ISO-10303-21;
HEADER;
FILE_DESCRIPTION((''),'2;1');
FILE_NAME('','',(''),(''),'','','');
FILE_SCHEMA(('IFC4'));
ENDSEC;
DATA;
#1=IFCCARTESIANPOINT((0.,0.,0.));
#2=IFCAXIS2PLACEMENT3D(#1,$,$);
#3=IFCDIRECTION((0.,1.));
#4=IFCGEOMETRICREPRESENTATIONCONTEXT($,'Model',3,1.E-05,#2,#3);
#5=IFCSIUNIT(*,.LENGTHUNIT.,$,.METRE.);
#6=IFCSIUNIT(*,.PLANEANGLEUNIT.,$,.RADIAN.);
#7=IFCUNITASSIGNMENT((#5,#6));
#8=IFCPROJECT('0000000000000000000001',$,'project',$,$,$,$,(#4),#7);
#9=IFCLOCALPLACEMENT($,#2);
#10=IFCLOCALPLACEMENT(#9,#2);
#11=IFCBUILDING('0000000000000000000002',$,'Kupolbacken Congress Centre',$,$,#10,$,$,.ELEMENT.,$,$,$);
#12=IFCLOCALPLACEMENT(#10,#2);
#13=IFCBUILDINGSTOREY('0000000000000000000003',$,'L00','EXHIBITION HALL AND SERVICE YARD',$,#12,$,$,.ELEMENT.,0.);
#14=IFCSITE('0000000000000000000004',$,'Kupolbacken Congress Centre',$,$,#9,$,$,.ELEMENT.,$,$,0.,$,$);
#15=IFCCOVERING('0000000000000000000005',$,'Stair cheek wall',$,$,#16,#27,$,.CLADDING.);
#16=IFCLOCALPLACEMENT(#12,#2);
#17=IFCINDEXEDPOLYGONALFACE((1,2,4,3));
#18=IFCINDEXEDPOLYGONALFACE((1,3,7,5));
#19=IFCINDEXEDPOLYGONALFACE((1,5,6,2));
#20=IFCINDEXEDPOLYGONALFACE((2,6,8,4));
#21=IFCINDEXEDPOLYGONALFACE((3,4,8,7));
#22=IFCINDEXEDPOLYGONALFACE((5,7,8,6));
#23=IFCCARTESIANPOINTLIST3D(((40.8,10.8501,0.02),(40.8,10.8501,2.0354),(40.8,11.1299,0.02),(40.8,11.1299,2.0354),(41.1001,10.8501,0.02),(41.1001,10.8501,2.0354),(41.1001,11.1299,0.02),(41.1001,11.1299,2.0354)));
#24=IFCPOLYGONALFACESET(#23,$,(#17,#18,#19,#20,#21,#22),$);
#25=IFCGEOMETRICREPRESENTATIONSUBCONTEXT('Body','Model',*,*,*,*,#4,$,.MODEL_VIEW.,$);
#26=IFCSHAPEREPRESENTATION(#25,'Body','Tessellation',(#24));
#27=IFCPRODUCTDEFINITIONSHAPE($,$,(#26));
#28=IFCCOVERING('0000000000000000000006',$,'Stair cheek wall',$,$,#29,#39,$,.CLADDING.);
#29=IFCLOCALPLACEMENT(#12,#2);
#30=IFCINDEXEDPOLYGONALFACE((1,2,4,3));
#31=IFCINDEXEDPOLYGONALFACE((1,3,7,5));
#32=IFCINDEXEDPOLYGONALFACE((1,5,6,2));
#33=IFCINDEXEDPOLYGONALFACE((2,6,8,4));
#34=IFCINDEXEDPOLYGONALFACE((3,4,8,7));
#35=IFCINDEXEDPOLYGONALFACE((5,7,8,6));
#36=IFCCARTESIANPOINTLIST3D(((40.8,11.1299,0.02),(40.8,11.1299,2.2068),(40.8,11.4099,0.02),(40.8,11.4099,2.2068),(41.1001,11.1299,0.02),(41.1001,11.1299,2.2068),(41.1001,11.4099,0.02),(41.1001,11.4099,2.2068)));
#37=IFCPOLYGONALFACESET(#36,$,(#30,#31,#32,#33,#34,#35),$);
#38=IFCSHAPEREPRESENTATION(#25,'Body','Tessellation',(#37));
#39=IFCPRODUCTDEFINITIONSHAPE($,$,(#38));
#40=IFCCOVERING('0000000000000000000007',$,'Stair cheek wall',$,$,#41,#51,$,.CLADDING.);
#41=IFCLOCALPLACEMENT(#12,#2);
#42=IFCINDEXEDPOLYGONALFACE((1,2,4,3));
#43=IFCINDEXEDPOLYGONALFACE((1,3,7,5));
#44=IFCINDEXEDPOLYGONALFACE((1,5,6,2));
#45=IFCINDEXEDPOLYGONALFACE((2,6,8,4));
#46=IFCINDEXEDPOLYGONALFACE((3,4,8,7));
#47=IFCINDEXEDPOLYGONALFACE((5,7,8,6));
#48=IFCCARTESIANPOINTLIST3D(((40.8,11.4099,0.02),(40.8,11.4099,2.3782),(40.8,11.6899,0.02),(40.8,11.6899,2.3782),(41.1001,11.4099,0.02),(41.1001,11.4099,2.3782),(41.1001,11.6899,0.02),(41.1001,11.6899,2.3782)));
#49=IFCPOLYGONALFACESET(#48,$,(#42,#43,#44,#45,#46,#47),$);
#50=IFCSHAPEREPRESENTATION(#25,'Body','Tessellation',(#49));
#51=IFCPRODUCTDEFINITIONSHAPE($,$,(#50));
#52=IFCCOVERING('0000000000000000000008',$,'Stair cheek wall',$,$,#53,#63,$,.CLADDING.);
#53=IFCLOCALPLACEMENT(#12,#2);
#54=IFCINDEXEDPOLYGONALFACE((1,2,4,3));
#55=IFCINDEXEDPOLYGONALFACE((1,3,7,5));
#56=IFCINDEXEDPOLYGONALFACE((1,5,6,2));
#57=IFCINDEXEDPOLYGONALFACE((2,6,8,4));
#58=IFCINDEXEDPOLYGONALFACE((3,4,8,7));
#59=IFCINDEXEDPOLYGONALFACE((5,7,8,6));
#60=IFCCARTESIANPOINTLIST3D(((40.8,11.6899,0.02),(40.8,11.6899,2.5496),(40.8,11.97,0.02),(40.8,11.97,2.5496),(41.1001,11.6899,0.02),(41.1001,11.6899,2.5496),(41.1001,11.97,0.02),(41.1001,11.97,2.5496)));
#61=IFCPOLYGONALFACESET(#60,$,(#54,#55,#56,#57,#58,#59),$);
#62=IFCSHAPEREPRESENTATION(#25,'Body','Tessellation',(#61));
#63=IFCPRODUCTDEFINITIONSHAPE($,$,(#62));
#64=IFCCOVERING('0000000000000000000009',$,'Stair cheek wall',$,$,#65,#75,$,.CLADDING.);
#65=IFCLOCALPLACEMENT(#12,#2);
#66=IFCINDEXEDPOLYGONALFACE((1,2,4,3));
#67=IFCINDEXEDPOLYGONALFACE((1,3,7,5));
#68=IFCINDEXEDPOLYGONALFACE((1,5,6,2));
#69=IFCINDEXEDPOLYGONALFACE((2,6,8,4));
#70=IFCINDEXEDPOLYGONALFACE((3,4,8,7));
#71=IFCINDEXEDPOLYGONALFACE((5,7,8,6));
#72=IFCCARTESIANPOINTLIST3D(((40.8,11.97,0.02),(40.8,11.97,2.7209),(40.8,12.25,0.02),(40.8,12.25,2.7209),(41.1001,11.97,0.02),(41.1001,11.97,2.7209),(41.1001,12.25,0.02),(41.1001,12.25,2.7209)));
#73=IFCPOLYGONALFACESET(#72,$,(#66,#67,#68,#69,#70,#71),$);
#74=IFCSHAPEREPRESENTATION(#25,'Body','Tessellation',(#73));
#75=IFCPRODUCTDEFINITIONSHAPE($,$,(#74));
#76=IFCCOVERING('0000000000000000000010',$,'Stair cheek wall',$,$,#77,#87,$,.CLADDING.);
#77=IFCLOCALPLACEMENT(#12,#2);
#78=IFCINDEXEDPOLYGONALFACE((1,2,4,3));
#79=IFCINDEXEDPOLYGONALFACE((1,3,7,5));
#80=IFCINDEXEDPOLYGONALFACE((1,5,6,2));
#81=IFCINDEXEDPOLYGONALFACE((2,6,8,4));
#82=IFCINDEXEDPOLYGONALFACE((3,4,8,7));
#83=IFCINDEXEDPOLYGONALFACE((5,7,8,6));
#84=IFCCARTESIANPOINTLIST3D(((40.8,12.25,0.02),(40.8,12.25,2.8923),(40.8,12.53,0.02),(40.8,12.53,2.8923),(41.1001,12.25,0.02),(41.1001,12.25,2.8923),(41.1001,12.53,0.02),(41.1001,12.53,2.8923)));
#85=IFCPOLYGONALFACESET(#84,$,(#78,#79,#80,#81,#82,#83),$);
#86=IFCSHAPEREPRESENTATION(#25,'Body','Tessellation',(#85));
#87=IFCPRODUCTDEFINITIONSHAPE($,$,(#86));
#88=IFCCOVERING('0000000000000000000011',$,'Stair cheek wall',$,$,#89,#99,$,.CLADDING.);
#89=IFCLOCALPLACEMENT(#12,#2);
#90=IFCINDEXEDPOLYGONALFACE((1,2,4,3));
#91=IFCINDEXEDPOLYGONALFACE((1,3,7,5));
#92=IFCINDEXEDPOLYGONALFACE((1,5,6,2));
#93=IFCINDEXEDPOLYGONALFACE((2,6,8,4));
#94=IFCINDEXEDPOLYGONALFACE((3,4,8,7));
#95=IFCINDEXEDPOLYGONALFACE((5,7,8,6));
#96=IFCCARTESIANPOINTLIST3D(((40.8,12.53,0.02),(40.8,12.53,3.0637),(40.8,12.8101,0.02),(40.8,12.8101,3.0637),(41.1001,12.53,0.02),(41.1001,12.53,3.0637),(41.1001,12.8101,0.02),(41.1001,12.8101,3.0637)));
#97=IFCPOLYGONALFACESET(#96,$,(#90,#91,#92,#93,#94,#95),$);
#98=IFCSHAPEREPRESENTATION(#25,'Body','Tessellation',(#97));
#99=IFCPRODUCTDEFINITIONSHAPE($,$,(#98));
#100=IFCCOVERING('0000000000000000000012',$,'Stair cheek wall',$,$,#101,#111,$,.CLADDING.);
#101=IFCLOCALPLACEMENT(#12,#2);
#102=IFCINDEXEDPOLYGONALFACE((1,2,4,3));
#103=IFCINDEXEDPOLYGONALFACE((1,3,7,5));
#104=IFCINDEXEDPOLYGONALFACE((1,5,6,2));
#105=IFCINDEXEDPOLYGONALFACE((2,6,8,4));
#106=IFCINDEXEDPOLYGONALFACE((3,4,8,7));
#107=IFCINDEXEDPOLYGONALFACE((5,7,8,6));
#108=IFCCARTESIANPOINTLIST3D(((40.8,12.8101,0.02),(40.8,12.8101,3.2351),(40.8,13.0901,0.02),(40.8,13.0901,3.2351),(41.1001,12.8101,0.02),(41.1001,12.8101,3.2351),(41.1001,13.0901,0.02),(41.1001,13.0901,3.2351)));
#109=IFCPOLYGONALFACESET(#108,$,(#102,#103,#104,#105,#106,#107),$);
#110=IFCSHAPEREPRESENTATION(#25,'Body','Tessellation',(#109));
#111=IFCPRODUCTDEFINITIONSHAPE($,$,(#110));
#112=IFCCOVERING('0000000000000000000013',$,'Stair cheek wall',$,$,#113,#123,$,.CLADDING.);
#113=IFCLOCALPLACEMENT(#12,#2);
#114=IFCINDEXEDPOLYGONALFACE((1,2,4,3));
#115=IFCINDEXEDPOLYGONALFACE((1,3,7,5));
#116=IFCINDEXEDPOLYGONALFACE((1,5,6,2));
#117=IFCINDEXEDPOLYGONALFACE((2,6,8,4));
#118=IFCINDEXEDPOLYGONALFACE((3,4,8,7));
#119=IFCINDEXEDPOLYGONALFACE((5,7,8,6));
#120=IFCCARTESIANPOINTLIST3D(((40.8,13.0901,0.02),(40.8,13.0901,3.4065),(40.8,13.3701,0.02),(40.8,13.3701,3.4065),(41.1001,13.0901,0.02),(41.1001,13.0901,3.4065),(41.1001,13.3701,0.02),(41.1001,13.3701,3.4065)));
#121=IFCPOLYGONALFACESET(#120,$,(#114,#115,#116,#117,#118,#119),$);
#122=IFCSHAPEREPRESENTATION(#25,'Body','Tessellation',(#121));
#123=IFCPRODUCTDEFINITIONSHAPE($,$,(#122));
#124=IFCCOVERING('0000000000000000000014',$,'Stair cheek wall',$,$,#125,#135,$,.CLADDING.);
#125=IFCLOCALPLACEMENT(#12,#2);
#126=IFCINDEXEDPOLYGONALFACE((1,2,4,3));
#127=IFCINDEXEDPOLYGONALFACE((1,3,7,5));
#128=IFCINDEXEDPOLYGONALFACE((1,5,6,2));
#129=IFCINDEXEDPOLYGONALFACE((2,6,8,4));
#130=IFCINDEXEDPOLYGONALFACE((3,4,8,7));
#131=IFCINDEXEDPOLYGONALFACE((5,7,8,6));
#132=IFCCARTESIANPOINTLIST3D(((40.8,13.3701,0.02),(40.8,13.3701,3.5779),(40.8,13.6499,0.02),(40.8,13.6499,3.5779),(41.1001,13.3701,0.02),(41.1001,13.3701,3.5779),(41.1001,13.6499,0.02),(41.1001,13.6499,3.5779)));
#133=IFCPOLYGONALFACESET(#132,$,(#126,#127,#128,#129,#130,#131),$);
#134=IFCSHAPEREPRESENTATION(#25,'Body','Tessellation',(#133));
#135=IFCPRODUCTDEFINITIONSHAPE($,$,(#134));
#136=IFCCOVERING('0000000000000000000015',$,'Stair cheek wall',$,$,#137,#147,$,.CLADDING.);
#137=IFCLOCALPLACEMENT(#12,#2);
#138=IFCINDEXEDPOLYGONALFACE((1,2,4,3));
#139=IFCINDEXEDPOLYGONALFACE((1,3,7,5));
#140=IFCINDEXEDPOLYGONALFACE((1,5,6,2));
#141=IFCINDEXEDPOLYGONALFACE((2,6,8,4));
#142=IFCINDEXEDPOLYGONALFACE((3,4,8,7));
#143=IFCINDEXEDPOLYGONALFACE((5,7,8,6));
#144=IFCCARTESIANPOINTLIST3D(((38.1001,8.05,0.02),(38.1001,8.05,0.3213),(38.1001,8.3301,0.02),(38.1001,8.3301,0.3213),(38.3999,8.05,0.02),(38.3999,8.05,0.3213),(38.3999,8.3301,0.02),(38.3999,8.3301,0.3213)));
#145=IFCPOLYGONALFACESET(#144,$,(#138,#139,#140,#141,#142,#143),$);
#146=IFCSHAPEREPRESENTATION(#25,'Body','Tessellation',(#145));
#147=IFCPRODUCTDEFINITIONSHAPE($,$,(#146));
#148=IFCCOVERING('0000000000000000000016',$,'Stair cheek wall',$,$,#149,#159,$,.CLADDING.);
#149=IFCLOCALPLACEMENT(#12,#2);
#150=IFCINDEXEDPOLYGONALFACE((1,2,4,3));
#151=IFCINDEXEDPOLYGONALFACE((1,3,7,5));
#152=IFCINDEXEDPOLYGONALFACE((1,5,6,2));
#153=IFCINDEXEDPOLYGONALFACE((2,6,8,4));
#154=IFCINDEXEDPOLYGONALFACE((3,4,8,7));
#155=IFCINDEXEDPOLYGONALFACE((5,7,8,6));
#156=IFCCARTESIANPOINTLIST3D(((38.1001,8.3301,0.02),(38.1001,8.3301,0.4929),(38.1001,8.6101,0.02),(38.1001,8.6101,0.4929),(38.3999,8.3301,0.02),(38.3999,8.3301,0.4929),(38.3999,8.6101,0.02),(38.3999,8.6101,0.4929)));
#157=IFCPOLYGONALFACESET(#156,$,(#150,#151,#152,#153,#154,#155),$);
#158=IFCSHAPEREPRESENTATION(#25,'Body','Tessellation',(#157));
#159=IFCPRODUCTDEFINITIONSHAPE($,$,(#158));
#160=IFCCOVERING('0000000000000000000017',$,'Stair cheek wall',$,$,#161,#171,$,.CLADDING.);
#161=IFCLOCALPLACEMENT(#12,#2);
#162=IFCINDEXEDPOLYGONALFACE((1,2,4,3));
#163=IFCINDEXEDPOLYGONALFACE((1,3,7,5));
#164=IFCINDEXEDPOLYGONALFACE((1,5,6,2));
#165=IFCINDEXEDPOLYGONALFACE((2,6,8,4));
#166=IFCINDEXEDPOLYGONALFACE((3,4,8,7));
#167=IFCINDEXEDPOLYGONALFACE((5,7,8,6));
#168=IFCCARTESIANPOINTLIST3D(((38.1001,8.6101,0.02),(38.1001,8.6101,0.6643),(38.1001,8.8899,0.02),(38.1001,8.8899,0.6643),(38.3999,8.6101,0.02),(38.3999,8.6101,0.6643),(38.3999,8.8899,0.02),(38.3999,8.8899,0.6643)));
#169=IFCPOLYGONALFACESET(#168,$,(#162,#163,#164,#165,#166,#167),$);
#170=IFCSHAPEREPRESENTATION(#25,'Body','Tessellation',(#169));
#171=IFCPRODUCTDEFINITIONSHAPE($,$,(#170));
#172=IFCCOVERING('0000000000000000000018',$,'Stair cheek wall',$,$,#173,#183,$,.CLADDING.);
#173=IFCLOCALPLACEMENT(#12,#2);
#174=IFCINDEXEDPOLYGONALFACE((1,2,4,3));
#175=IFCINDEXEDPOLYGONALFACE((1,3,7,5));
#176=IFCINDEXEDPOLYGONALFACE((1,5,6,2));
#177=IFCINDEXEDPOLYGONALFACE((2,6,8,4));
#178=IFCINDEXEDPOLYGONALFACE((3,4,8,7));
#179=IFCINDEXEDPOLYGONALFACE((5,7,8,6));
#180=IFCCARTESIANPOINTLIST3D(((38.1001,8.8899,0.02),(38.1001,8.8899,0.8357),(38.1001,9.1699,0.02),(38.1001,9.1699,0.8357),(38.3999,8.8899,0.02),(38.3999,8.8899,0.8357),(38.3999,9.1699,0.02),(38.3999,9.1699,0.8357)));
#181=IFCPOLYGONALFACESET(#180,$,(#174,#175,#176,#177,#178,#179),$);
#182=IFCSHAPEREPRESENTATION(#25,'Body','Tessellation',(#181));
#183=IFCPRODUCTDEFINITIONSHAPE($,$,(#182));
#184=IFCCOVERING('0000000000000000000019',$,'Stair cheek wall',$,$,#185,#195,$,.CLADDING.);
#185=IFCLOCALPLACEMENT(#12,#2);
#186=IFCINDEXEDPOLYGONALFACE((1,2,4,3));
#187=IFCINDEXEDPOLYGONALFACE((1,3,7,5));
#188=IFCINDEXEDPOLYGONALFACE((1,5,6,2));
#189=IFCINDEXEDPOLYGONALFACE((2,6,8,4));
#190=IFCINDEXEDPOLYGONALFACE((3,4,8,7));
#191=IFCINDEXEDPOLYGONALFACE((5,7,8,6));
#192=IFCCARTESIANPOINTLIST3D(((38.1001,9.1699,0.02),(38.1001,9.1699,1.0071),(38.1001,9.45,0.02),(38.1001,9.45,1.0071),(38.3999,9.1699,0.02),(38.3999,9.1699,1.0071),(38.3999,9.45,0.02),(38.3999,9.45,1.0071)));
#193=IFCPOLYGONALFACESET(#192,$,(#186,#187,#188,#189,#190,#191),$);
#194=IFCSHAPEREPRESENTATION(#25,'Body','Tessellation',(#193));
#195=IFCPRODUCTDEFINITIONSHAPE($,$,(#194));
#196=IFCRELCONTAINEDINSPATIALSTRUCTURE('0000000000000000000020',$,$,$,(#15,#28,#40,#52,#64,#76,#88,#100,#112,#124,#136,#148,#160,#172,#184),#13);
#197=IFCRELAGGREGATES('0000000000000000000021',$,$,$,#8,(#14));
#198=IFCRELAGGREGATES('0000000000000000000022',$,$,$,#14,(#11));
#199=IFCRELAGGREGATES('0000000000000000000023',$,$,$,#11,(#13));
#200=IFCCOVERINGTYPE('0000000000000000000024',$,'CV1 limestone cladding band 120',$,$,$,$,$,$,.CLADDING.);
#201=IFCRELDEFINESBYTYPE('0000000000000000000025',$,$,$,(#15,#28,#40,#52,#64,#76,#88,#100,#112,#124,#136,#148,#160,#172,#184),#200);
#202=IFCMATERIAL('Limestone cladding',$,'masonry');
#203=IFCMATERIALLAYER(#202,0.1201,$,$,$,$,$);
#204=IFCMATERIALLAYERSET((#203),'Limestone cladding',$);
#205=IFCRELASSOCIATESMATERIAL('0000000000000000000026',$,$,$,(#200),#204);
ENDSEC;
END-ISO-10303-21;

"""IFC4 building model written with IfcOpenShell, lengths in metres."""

from ifc_helpers import new_model, si_unit, direction, frame, origin, place, context, subcontext, project, spatial, polyline, outline, extrude, material, layer, layer_set, type_object, element, save


model = new_model("IFC4")

# Units and contexts
model_context = context("Model", 3, precision=1e-05, world=origin(), true_north=direction((0.0, 1.0)))
body_context = subcontext(model_context, "Body", "Model", "MODEL_VIEW")
ifc_project = project(units=[si_unit("LENGTHUNIT", "METRE"), si_unit("PLANEANGLEUNIT", "RADIAN")], contexts=[model_context])

# Site, building, storey
site_placement = place(None, origin())
site = spatial("IfcSite", under=ifc_project, at=site_placement, Name="Kupolbacken Congress Centre", CompositionType="ELEMENT", RefElevation=0.0)
building_placement = place(site_placement, origin())
building = spatial("IfcBuilding", under=site, at=building_placement, Name="Kupolbacken Congress Centre", CompositionType="ELEMENT")
storey_placement = place(building_placement, origin())
storey = spatial("IfcBuildingStorey", under=building, at=storey_placement, Name="L00", Description="EXHIBITION HALL AND SERVICE YARD", CompositionType="ELEMENT", Elevation=0.0)

# Coverings
ifc_material = material(Name="Limestone cladding", Category="masonry")
ifc_layer = layer(ifc_material, 0.1201)
ifc_layer_set = layer_set([ifc_layer], Name="Limestone cladding")
covering_type = type_object("IfcCoveringType", Name="CV1 limestone cladding band 120", PredefinedType="CLADDING", material=ifc_layer_set)
covering_1_placement = place(storey_placement, frame((0.0, 0.0, 0.02)))
element("IfcCovering", 1, at=covering_1_placement, inside=storey, type_object=covering_type, Name="Stair cheek wall", PredefinedType="CLADDING", context=body_context, shape_type="SweptSolid", body=[
    extrude(outline(polyline([(40.8, 10.8501), (40.8, 11.1299), (41.1001, 11.1299), (41.1001, 10.8501), (40.8, 10.8501)])), origin(), (0.0, 0.0, 1.0), 2.0154),
])
covering_2_placement = place(storey_placement, frame((0.0, 0.0, 0.02)))
element("IfcCovering", 2, at=covering_2_placement, inside=storey, type_object=covering_type, Name="Stair cheek wall", PredefinedType="CLADDING", context=body_context, shape_type="SweptSolid", body=[
    extrude(outline(polyline([(40.8, 11.1299), (40.8, 11.4099), (41.1001, 11.4099), (41.1001, 11.1299), (40.8, 11.1299)])), origin(), (0.0, 0.0, 1.0), 2.1868),
])
covering_3_placement = place(storey_placement, frame((0.0, 0.0, 0.02)))
element("IfcCovering", 3, at=covering_3_placement, inside=storey, type_object=covering_type, Name="Stair cheek wall", PredefinedType="CLADDING", context=body_context, shape_type="SweptSolid", body=[
    extrude(outline(polyline([(40.8, 11.4099), (40.8, 11.6899), (41.1001, 11.6899), (41.1001, 11.4099), (40.8, 11.4099)])), origin(), (0.0, 0.0, 1.0), 2.3582),
])
covering_4_placement = place(storey_placement, frame((0.0, 0.0, 0.02)))
element("IfcCovering", 4, at=covering_4_placement, inside=storey, type_object=covering_type, Name="Stair cheek wall", PredefinedType="CLADDING", context=body_context, shape_type="SweptSolid", body=[
    extrude(outline(polyline([(40.8, 11.6899), (40.8, 11.97), (41.1001, 11.97), (41.1001, 11.6899), (40.8, 11.6899)])), origin(), (0.0, 0.0, 1.0), 2.5295),
])
covering_5_placement = place(storey_placement, frame((0.0, 0.0, 0.02)))
element("IfcCovering", 5, at=covering_5_placement, inside=storey, type_object=covering_type, Name="Stair cheek wall", PredefinedType="CLADDING", context=body_context, shape_type="SweptSolid", body=[
    extrude(outline(polyline([(40.8, 11.97), (40.8, 12.25), (41.1001, 12.25), (41.1001, 11.97), (40.8, 11.97)])), origin(), (0.0, 0.0, 1.0), 2.7009),
])
covering_6_placement = place(storey_placement, frame((0.0, 0.0, 0.02)))
element("IfcCovering", 6, at=covering_6_placement, inside=storey, type_object=covering_type, Name="Stair cheek wall", PredefinedType="CLADDING", context=body_context, shape_type="SweptSolid", body=[
    extrude(outline(polyline([(40.8, 12.25), (40.8, 12.53), (41.1001, 12.53), (41.1001, 12.25), (40.8, 12.25)])), origin(), (0.0, 0.0, 1.0), 2.8723),
])
covering_7_placement = place(storey_placement, frame((0.0, 0.0, 0.02)))
element("IfcCovering", 7, at=covering_7_placement, inside=storey, type_object=covering_type, Name="Stair cheek wall", PredefinedType="CLADDING", context=body_context, shape_type="SweptSolid", body=[
    extrude(outline(polyline([(40.8, 12.53), (40.8, 12.8101), (41.1001, 12.8101), (41.1001, 12.53), (40.8, 12.53)])), origin(), (0.0, 0.0, 1.0), 3.0437),
])
covering_8_placement = place(storey_placement, frame((0.0, 0.0, 0.02)))
element("IfcCovering", 8, at=covering_8_placement, inside=storey, type_object=covering_type, Name="Stair cheek wall", PredefinedType="CLADDING", context=body_context, shape_type="SweptSolid", body=[
    extrude(outline(polyline([(40.8, 12.8101), (40.8, 13.0901), (41.1001, 13.0901), (41.1001, 12.8101), (40.8, 12.8101)])), origin(), (0.0, 0.0, 1.0), 3.2151),
])
covering_9_placement = place(storey_placement, frame((0.0, 0.0, 0.02)))
element("IfcCovering", 9, at=covering_9_placement, inside=storey, type_object=covering_type, Name="Stair cheek wall", PredefinedType="CLADDING", context=body_context, shape_type="SweptSolid", body=[
    extrude(outline(polyline([(40.8, 13.0901), (40.8, 13.3701), (41.1001, 13.3701), (41.1001, 13.0901), (40.8, 13.0901)])), origin(), (0.0, 0.0, 1.0), 3.3865),
])
covering_10_placement = place(storey_placement, frame((0.0, 0.0, 0.02)))
element("IfcCovering", 10, at=covering_10_placement, inside=storey, type_object=covering_type, Name="Stair cheek wall", PredefinedType="CLADDING", context=body_context, shape_type="SweptSolid", body=[
    extrude(outline(polyline([(40.8, 13.3701), (40.8, 13.6499), (41.1001, 13.6499), (41.1001, 13.3701), (40.8, 13.3701)])), origin(), (0.0, 0.0, 1.0), 3.5579),
])
covering_11_placement = place(storey_placement, frame((0.0, 0.0, 0.02)))
element("IfcCovering", 11, at=covering_11_placement, inside=storey, type_object=covering_type, Name="Stair cheek wall", PredefinedType="CLADDING", context=body_context, shape_type="SweptSolid", body=[
    extrude(outline(polyline([(38.3999, 8.05), (38.3999, 8.3301), (38.1001, 8.3301), (38.1001, 8.05), (38.3999, 8.05)])), origin(), (0.0, 0.0, 1.0), 0.3013),
])
covering_12_placement = place(storey_placement, frame((0.0, 0.0, 0.02)))
element("IfcCovering", 12, at=covering_12_placement, inside=storey, type_object=covering_type, Name="Stair cheek wall", PredefinedType="CLADDING", context=body_context, shape_type="SweptSolid", body=[
    extrude(outline(polyline([(38.3999, 8.3301), (38.3999, 8.6101), (38.1001, 8.6101), (38.1001, 8.3301), (38.3999, 8.3301)])), origin(), (0.0, 0.0, 1.0), 0.4729),
])
covering_13_placement = place(storey_placement, frame((0.0, 0.0, 0.02)))
element("IfcCovering", 13, at=covering_13_placement, inside=storey, type_object=covering_type, Name="Stair cheek wall", PredefinedType="CLADDING", context=body_context, shape_type="SweptSolid", body=[
    extrude(outline(polyline([(38.3999, 8.6101), (38.3999, 8.8899), (38.1001, 8.8899), (38.1001, 8.6101), (38.3999, 8.6101)])), origin(), (0.0, 0.0, 1.0), 0.6443),
])
covering_14_placement = place(storey_placement, frame((0.0, 0.0, 0.02)))
element("IfcCovering", 14, at=covering_14_placement, inside=storey, type_object=covering_type, Name="Stair cheek wall", PredefinedType="CLADDING", context=body_context, shape_type="SweptSolid", body=[
    extrude(outline(polyline([(38.3999, 8.8899), (38.3999, 9.1699), (38.1001, 9.1699), (38.1001, 8.8899), (38.3999, 8.8899)])), origin(), (0.0, 0.0, 1.0), 0.8157),
])
covering_15_placement = place(storey_placement, frame((0.0, 0.0, 0.02)))
element("IfcCovering", 15, at=covering_15_placement, inside=storey, type_object=covering_type, Name="Stair cheek wall", PredefinedType="CLADDING", context=body_context, shape_type="SweptSolid", body=[
    extrude(outline(polyline([(38.3999, 9.1699), (38.3999, 9.45), (38.1001, 9.45), (38.1001, 9.1699), (38.3999, 9.1699)])), origin(), (0.0, 0.0, 1.0), 0.9871),
])

save(model, "model.ifc")
